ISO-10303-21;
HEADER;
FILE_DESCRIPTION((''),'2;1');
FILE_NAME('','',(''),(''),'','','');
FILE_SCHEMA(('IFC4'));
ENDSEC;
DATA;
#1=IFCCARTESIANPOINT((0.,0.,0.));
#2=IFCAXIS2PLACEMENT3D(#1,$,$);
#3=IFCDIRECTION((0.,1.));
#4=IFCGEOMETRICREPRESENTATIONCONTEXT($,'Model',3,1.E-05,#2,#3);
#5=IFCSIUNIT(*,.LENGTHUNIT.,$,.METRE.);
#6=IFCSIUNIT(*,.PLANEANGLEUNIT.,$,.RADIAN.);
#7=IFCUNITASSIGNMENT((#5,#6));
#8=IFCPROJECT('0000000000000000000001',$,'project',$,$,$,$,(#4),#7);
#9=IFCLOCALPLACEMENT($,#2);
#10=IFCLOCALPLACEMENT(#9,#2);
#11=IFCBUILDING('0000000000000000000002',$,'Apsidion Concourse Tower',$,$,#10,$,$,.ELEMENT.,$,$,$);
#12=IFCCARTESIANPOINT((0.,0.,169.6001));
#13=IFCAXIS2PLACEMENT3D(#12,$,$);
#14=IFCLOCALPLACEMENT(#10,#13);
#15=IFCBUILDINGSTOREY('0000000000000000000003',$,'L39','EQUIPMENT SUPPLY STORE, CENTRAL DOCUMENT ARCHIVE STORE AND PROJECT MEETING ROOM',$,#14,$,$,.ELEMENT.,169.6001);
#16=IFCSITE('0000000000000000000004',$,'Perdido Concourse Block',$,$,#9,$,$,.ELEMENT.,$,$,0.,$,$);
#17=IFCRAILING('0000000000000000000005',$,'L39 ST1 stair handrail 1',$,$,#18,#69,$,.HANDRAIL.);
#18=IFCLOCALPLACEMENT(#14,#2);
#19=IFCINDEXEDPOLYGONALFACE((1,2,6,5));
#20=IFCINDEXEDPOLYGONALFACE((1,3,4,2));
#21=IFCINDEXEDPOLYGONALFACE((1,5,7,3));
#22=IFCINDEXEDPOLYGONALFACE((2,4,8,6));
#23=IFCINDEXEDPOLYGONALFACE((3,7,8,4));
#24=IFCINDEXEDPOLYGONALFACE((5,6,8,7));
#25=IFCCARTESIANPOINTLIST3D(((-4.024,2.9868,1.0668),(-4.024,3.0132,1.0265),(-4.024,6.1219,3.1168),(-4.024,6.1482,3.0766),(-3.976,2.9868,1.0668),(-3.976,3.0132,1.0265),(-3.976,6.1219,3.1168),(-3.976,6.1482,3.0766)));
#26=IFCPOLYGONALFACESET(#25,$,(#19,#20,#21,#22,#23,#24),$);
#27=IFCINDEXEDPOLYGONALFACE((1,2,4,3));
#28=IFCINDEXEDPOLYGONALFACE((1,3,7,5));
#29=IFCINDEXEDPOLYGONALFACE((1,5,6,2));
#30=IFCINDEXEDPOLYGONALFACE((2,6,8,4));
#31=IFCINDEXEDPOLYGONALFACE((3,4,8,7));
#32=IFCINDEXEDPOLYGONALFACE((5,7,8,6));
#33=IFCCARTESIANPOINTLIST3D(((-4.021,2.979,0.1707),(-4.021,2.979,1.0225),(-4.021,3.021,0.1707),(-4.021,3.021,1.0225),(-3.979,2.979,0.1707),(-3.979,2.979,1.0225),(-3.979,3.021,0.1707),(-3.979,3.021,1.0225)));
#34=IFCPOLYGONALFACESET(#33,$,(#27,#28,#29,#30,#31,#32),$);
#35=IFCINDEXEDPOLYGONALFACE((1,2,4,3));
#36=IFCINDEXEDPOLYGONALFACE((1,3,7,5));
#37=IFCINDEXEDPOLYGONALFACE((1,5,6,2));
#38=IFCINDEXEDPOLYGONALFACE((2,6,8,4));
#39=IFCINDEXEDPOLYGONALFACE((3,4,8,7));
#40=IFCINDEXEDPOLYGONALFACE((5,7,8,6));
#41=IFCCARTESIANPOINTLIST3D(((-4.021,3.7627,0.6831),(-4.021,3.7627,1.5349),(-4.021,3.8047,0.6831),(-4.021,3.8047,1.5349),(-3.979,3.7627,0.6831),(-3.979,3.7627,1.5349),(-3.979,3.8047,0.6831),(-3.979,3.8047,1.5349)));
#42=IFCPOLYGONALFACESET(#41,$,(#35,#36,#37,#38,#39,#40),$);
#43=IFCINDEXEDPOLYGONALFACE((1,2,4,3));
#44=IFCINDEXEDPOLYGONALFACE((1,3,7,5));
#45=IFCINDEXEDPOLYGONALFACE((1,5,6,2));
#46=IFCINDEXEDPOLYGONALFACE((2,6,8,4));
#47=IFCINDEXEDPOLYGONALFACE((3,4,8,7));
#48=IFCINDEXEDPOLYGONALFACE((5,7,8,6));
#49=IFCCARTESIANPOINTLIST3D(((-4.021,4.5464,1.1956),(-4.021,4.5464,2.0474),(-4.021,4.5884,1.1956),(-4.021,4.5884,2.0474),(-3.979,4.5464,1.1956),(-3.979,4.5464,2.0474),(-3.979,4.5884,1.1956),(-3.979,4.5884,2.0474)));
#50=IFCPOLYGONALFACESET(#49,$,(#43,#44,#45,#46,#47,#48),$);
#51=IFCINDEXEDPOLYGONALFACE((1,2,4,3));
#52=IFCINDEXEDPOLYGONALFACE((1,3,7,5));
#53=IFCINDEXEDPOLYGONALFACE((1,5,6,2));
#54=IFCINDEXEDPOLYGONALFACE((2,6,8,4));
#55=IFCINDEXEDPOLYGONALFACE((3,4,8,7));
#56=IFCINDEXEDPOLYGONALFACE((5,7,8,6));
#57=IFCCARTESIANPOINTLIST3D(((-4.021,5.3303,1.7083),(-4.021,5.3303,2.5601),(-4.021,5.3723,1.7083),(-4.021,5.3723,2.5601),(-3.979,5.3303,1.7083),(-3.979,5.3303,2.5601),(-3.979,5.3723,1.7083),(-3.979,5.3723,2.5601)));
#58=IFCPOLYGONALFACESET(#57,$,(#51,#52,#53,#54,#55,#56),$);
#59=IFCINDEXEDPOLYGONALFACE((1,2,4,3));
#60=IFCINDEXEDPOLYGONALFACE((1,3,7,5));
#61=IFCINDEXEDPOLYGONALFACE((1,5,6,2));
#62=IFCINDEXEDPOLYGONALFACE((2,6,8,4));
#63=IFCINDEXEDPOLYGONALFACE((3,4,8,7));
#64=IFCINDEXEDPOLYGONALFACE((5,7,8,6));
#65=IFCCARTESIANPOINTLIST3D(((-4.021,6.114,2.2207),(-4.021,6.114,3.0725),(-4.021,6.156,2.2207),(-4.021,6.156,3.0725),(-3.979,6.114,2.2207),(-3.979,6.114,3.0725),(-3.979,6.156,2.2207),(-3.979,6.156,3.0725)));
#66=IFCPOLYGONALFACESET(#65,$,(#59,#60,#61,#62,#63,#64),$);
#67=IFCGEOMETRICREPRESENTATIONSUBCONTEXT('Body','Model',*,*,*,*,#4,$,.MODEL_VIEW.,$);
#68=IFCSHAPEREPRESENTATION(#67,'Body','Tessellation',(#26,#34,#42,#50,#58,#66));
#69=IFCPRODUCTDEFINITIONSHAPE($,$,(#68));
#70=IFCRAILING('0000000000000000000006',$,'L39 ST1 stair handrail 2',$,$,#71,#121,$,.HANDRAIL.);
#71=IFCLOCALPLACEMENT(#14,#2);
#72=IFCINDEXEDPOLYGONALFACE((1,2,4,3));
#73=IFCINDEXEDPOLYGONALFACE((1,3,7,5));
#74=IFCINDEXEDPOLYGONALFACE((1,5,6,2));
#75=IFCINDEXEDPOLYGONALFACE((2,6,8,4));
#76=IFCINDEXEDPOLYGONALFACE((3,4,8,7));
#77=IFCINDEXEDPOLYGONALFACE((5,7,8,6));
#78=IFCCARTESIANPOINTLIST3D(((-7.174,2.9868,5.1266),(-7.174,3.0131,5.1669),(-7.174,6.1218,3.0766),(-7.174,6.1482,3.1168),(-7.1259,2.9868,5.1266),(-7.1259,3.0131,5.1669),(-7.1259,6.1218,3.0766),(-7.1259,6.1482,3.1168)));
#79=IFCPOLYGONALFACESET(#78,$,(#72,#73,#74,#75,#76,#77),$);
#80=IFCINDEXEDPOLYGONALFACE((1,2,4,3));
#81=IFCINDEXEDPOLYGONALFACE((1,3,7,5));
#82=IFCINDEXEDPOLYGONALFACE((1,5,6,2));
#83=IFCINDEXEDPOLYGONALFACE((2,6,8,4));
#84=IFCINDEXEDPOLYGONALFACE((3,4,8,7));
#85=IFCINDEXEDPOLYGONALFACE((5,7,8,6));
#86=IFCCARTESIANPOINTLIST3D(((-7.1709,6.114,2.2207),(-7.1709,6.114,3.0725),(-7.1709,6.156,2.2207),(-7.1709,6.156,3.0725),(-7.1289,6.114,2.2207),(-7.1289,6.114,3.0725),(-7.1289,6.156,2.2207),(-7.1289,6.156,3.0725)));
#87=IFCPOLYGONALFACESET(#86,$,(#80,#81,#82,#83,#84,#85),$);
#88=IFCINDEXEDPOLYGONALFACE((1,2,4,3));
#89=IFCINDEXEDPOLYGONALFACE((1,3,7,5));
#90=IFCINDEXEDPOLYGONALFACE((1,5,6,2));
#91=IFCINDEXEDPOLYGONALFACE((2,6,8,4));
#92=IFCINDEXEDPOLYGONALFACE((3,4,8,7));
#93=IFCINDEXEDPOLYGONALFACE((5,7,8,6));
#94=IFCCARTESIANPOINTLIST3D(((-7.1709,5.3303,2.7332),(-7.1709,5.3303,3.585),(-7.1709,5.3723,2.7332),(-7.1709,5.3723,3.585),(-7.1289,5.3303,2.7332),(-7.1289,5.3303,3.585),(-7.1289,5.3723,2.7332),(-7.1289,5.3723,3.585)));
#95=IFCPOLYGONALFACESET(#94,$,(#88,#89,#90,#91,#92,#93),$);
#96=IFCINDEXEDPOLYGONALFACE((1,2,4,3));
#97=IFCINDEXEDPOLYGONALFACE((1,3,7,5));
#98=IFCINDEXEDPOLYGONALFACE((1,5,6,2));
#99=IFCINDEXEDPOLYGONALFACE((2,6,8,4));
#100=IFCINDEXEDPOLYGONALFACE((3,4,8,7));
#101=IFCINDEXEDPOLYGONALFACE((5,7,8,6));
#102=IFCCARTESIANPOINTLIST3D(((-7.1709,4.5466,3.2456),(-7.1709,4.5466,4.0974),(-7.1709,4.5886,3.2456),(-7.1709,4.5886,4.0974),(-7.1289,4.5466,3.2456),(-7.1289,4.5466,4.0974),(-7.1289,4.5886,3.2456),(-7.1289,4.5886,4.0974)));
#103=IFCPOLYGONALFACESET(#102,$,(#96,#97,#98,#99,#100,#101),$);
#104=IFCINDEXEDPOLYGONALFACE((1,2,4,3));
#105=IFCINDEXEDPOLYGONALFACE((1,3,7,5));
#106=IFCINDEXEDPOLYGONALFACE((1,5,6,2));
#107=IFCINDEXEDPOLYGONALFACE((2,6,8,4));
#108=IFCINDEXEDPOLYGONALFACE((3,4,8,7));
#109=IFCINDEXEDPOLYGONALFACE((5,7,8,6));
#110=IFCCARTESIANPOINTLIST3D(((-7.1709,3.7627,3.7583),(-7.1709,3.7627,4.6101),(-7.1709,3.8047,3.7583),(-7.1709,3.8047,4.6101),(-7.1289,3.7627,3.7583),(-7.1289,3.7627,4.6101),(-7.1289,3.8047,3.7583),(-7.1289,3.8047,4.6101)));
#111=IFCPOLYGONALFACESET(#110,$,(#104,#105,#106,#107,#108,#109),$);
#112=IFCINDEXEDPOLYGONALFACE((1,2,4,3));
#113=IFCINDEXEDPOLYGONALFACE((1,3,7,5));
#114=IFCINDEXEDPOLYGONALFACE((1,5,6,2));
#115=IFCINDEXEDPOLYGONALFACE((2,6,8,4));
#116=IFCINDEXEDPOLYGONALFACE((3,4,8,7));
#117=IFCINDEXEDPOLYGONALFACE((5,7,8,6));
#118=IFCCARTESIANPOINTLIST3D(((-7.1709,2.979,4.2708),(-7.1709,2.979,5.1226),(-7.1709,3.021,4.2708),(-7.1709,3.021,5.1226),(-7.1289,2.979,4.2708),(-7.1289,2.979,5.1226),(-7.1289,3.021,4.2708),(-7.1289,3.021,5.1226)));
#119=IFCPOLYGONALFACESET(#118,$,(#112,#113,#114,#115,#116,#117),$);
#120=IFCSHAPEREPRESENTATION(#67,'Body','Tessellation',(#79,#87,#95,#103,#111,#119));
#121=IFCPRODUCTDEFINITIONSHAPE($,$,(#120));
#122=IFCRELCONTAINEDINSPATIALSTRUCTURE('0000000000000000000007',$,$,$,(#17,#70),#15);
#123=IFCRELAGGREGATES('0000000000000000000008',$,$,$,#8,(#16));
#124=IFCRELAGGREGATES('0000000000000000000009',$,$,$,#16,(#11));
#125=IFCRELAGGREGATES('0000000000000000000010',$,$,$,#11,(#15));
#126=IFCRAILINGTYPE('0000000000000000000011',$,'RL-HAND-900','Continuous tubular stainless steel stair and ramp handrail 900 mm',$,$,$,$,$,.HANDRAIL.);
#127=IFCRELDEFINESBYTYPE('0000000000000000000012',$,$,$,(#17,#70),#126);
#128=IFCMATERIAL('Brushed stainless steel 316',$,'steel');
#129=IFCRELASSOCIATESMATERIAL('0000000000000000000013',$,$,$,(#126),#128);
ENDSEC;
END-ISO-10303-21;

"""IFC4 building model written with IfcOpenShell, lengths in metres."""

from ifc_helpers import new_model, si_unit, direction, frame, origin, origin_2d, place, context, subcontext, project, spatial, rectangle, extrude, material, type_object, element, save


model = new_model("IFC4")

# Units and contexts
model_context = context("Model", 3, precision=1e-05, world=origin(), true_north=direction((0.0, 1.0)))
body_context = subcontext(model_context, "Body", "Model", "MODEL_VIEW")
ifc_project = project(units=[si_unit("LENGTHUNIT", "METRE"), si_unit("PLANEANGLEUNIT", "RADIAN")], contexts=[model_context])

# Site, building, storey
site_placement = place(None, origin())
site = spatial("IfcSite", under=ifc_project, at=site_placement, Name="Perdido Concourse Block", CompositionType="ELEMENT", RefElevation=0.0)
building_placement = place(site_placement, origin())
building = spatial("IfcBuilding", under=site, at=building_placement, Name="Apsidion Concourse Tower", CompositionType="ELEMENT")
storey_placement = place(building_placement, frame((0.0, 0.0, 169.6001)))
storey = spatial("IfcBuildingStorey", under=building, at=storey_placement, Name="L39", Description="EQUIPMENT SUPPLY STORE, CENTRAL DOCUMENT ARCHIVE STORE AND PROJECT MEETING ROOM", CompositionType="ELEMENT", Elevation=169.6001)

# Shared definitions
ifc_material_1 = material(Name="Brushed stainless steel 316", Category="steel")

# Railings
railing_type_1 = type_object("IfcRailingType", Name="RL-HAND-900", Description="Continuous tubular stainless steel stair and ramp handrail 900 mm", PredefinedType="HANDRAIL", material=ifc_material_1)
railing_1_placement = place(storey_placement, frame((-4.0, 3.0, 0.1707)))
element("IfcRailing", 1, at=railing_1_placement, inside=storey, type_object=railing_type_1, Name="L39 ST1 stair handrail 1", PredefinedType="HANDRAIL", context=body_context, shape_type="SweptSolid", body=[
    extrude(rectangle(XDim=0.0481, YDim=0.0481, at=origin_2d()), frame((0.0, 0.0, 0.876), z_axis=(0.0, 0.836941, 0.547293), x_axis=(-1.0, 0.0, 0.0)), (0.0, 0.0, 1.0), 3.7458),
    extrude(rectangle(XDim=0.042, YDim=0.042, at=origin_2d()), origin(), (0.0, 0.0, 1.0), 0.8518),
    extrude(rectangle(XDim=0.042, YDim=0.042, at=origin_2d()), frame((0.0, 0.7837, 0.5125)), (0.0, 0.0, 1.0), 0.8518),
    extrude(rectangle(XDim=0.042, YDim=0.042, at=origin_2d()), frame((0.0, 1.5674, 1.0249)), (0.0, 0.0, 1.0), 0.8518),
    extrude(rectangle(XDim=0.042, YDim=0.042, at=origin_2d()), frame((0.0, 2.3513, 1.5376)), (0.0, 0.0, 1.0), 0.8518),
    extrude(rectangle(XDim=0.042, YDim=0.042, at=origin_2d()), frame((0.0, 3.135, 2.05)), (0.0, 0.0, 1.0), 0.8518),
])
railing_2_placement = place(storey_placement, frame((-7.1499, 6.135, 2.2207)))
element("IfcRailing", 2, at=railing_2_placement, inside=storey, type_object=railing_type_1, Name="L39 ST1 stair handrail 2", PredefinedType="HANDRAIL", context=body_context, shape_type="SweptSolid", body=[
    extrude(rectangle(XDim=0.0481, YDim=0.0481, at=origin_2d()), frame((0.0, 0.0, 0.876), z_axis=(0.0, -0.836941, 0.547293), x_axis=(1.0, 0.0, 0.0)), (0.0, 0.0, 1.0), 3.7458),
    extrude(rectangle(XDim=0.042, YDim=0.042, at=origin_2d()), origin(), (0.0, 0.0, 1.0), 0.8518),
    extrude(rectangle(XDim=0.042, YDim=0.042, at=origin_2d()), frame((0.0, -0.7837, 0.5125)), (0.0, 0.0, 1.0), 0.8518),
    extrude(rectangle(XDim=0.042, YDim=0.042, at=origin_2d()), frame((0.0, -1.5674, 1.0249)), (0.0, 0.0, 1.0), 0.8518),
    extrude(rectangle(XDim=0.042, YDim=0.042, at=origin_2d()), frame((0.0, -2.3513, 1.5376)), (0.0, 0.0, 1.0), 0.8518),
    extrude(rectangle(XDim=0.042, YDim=0.042, at=origin_2d()), frame((0.0, -3.135, 2.05)), (0.0, 0.0, 1.0), 0.8518),
])

save(model, "model.ifc")
